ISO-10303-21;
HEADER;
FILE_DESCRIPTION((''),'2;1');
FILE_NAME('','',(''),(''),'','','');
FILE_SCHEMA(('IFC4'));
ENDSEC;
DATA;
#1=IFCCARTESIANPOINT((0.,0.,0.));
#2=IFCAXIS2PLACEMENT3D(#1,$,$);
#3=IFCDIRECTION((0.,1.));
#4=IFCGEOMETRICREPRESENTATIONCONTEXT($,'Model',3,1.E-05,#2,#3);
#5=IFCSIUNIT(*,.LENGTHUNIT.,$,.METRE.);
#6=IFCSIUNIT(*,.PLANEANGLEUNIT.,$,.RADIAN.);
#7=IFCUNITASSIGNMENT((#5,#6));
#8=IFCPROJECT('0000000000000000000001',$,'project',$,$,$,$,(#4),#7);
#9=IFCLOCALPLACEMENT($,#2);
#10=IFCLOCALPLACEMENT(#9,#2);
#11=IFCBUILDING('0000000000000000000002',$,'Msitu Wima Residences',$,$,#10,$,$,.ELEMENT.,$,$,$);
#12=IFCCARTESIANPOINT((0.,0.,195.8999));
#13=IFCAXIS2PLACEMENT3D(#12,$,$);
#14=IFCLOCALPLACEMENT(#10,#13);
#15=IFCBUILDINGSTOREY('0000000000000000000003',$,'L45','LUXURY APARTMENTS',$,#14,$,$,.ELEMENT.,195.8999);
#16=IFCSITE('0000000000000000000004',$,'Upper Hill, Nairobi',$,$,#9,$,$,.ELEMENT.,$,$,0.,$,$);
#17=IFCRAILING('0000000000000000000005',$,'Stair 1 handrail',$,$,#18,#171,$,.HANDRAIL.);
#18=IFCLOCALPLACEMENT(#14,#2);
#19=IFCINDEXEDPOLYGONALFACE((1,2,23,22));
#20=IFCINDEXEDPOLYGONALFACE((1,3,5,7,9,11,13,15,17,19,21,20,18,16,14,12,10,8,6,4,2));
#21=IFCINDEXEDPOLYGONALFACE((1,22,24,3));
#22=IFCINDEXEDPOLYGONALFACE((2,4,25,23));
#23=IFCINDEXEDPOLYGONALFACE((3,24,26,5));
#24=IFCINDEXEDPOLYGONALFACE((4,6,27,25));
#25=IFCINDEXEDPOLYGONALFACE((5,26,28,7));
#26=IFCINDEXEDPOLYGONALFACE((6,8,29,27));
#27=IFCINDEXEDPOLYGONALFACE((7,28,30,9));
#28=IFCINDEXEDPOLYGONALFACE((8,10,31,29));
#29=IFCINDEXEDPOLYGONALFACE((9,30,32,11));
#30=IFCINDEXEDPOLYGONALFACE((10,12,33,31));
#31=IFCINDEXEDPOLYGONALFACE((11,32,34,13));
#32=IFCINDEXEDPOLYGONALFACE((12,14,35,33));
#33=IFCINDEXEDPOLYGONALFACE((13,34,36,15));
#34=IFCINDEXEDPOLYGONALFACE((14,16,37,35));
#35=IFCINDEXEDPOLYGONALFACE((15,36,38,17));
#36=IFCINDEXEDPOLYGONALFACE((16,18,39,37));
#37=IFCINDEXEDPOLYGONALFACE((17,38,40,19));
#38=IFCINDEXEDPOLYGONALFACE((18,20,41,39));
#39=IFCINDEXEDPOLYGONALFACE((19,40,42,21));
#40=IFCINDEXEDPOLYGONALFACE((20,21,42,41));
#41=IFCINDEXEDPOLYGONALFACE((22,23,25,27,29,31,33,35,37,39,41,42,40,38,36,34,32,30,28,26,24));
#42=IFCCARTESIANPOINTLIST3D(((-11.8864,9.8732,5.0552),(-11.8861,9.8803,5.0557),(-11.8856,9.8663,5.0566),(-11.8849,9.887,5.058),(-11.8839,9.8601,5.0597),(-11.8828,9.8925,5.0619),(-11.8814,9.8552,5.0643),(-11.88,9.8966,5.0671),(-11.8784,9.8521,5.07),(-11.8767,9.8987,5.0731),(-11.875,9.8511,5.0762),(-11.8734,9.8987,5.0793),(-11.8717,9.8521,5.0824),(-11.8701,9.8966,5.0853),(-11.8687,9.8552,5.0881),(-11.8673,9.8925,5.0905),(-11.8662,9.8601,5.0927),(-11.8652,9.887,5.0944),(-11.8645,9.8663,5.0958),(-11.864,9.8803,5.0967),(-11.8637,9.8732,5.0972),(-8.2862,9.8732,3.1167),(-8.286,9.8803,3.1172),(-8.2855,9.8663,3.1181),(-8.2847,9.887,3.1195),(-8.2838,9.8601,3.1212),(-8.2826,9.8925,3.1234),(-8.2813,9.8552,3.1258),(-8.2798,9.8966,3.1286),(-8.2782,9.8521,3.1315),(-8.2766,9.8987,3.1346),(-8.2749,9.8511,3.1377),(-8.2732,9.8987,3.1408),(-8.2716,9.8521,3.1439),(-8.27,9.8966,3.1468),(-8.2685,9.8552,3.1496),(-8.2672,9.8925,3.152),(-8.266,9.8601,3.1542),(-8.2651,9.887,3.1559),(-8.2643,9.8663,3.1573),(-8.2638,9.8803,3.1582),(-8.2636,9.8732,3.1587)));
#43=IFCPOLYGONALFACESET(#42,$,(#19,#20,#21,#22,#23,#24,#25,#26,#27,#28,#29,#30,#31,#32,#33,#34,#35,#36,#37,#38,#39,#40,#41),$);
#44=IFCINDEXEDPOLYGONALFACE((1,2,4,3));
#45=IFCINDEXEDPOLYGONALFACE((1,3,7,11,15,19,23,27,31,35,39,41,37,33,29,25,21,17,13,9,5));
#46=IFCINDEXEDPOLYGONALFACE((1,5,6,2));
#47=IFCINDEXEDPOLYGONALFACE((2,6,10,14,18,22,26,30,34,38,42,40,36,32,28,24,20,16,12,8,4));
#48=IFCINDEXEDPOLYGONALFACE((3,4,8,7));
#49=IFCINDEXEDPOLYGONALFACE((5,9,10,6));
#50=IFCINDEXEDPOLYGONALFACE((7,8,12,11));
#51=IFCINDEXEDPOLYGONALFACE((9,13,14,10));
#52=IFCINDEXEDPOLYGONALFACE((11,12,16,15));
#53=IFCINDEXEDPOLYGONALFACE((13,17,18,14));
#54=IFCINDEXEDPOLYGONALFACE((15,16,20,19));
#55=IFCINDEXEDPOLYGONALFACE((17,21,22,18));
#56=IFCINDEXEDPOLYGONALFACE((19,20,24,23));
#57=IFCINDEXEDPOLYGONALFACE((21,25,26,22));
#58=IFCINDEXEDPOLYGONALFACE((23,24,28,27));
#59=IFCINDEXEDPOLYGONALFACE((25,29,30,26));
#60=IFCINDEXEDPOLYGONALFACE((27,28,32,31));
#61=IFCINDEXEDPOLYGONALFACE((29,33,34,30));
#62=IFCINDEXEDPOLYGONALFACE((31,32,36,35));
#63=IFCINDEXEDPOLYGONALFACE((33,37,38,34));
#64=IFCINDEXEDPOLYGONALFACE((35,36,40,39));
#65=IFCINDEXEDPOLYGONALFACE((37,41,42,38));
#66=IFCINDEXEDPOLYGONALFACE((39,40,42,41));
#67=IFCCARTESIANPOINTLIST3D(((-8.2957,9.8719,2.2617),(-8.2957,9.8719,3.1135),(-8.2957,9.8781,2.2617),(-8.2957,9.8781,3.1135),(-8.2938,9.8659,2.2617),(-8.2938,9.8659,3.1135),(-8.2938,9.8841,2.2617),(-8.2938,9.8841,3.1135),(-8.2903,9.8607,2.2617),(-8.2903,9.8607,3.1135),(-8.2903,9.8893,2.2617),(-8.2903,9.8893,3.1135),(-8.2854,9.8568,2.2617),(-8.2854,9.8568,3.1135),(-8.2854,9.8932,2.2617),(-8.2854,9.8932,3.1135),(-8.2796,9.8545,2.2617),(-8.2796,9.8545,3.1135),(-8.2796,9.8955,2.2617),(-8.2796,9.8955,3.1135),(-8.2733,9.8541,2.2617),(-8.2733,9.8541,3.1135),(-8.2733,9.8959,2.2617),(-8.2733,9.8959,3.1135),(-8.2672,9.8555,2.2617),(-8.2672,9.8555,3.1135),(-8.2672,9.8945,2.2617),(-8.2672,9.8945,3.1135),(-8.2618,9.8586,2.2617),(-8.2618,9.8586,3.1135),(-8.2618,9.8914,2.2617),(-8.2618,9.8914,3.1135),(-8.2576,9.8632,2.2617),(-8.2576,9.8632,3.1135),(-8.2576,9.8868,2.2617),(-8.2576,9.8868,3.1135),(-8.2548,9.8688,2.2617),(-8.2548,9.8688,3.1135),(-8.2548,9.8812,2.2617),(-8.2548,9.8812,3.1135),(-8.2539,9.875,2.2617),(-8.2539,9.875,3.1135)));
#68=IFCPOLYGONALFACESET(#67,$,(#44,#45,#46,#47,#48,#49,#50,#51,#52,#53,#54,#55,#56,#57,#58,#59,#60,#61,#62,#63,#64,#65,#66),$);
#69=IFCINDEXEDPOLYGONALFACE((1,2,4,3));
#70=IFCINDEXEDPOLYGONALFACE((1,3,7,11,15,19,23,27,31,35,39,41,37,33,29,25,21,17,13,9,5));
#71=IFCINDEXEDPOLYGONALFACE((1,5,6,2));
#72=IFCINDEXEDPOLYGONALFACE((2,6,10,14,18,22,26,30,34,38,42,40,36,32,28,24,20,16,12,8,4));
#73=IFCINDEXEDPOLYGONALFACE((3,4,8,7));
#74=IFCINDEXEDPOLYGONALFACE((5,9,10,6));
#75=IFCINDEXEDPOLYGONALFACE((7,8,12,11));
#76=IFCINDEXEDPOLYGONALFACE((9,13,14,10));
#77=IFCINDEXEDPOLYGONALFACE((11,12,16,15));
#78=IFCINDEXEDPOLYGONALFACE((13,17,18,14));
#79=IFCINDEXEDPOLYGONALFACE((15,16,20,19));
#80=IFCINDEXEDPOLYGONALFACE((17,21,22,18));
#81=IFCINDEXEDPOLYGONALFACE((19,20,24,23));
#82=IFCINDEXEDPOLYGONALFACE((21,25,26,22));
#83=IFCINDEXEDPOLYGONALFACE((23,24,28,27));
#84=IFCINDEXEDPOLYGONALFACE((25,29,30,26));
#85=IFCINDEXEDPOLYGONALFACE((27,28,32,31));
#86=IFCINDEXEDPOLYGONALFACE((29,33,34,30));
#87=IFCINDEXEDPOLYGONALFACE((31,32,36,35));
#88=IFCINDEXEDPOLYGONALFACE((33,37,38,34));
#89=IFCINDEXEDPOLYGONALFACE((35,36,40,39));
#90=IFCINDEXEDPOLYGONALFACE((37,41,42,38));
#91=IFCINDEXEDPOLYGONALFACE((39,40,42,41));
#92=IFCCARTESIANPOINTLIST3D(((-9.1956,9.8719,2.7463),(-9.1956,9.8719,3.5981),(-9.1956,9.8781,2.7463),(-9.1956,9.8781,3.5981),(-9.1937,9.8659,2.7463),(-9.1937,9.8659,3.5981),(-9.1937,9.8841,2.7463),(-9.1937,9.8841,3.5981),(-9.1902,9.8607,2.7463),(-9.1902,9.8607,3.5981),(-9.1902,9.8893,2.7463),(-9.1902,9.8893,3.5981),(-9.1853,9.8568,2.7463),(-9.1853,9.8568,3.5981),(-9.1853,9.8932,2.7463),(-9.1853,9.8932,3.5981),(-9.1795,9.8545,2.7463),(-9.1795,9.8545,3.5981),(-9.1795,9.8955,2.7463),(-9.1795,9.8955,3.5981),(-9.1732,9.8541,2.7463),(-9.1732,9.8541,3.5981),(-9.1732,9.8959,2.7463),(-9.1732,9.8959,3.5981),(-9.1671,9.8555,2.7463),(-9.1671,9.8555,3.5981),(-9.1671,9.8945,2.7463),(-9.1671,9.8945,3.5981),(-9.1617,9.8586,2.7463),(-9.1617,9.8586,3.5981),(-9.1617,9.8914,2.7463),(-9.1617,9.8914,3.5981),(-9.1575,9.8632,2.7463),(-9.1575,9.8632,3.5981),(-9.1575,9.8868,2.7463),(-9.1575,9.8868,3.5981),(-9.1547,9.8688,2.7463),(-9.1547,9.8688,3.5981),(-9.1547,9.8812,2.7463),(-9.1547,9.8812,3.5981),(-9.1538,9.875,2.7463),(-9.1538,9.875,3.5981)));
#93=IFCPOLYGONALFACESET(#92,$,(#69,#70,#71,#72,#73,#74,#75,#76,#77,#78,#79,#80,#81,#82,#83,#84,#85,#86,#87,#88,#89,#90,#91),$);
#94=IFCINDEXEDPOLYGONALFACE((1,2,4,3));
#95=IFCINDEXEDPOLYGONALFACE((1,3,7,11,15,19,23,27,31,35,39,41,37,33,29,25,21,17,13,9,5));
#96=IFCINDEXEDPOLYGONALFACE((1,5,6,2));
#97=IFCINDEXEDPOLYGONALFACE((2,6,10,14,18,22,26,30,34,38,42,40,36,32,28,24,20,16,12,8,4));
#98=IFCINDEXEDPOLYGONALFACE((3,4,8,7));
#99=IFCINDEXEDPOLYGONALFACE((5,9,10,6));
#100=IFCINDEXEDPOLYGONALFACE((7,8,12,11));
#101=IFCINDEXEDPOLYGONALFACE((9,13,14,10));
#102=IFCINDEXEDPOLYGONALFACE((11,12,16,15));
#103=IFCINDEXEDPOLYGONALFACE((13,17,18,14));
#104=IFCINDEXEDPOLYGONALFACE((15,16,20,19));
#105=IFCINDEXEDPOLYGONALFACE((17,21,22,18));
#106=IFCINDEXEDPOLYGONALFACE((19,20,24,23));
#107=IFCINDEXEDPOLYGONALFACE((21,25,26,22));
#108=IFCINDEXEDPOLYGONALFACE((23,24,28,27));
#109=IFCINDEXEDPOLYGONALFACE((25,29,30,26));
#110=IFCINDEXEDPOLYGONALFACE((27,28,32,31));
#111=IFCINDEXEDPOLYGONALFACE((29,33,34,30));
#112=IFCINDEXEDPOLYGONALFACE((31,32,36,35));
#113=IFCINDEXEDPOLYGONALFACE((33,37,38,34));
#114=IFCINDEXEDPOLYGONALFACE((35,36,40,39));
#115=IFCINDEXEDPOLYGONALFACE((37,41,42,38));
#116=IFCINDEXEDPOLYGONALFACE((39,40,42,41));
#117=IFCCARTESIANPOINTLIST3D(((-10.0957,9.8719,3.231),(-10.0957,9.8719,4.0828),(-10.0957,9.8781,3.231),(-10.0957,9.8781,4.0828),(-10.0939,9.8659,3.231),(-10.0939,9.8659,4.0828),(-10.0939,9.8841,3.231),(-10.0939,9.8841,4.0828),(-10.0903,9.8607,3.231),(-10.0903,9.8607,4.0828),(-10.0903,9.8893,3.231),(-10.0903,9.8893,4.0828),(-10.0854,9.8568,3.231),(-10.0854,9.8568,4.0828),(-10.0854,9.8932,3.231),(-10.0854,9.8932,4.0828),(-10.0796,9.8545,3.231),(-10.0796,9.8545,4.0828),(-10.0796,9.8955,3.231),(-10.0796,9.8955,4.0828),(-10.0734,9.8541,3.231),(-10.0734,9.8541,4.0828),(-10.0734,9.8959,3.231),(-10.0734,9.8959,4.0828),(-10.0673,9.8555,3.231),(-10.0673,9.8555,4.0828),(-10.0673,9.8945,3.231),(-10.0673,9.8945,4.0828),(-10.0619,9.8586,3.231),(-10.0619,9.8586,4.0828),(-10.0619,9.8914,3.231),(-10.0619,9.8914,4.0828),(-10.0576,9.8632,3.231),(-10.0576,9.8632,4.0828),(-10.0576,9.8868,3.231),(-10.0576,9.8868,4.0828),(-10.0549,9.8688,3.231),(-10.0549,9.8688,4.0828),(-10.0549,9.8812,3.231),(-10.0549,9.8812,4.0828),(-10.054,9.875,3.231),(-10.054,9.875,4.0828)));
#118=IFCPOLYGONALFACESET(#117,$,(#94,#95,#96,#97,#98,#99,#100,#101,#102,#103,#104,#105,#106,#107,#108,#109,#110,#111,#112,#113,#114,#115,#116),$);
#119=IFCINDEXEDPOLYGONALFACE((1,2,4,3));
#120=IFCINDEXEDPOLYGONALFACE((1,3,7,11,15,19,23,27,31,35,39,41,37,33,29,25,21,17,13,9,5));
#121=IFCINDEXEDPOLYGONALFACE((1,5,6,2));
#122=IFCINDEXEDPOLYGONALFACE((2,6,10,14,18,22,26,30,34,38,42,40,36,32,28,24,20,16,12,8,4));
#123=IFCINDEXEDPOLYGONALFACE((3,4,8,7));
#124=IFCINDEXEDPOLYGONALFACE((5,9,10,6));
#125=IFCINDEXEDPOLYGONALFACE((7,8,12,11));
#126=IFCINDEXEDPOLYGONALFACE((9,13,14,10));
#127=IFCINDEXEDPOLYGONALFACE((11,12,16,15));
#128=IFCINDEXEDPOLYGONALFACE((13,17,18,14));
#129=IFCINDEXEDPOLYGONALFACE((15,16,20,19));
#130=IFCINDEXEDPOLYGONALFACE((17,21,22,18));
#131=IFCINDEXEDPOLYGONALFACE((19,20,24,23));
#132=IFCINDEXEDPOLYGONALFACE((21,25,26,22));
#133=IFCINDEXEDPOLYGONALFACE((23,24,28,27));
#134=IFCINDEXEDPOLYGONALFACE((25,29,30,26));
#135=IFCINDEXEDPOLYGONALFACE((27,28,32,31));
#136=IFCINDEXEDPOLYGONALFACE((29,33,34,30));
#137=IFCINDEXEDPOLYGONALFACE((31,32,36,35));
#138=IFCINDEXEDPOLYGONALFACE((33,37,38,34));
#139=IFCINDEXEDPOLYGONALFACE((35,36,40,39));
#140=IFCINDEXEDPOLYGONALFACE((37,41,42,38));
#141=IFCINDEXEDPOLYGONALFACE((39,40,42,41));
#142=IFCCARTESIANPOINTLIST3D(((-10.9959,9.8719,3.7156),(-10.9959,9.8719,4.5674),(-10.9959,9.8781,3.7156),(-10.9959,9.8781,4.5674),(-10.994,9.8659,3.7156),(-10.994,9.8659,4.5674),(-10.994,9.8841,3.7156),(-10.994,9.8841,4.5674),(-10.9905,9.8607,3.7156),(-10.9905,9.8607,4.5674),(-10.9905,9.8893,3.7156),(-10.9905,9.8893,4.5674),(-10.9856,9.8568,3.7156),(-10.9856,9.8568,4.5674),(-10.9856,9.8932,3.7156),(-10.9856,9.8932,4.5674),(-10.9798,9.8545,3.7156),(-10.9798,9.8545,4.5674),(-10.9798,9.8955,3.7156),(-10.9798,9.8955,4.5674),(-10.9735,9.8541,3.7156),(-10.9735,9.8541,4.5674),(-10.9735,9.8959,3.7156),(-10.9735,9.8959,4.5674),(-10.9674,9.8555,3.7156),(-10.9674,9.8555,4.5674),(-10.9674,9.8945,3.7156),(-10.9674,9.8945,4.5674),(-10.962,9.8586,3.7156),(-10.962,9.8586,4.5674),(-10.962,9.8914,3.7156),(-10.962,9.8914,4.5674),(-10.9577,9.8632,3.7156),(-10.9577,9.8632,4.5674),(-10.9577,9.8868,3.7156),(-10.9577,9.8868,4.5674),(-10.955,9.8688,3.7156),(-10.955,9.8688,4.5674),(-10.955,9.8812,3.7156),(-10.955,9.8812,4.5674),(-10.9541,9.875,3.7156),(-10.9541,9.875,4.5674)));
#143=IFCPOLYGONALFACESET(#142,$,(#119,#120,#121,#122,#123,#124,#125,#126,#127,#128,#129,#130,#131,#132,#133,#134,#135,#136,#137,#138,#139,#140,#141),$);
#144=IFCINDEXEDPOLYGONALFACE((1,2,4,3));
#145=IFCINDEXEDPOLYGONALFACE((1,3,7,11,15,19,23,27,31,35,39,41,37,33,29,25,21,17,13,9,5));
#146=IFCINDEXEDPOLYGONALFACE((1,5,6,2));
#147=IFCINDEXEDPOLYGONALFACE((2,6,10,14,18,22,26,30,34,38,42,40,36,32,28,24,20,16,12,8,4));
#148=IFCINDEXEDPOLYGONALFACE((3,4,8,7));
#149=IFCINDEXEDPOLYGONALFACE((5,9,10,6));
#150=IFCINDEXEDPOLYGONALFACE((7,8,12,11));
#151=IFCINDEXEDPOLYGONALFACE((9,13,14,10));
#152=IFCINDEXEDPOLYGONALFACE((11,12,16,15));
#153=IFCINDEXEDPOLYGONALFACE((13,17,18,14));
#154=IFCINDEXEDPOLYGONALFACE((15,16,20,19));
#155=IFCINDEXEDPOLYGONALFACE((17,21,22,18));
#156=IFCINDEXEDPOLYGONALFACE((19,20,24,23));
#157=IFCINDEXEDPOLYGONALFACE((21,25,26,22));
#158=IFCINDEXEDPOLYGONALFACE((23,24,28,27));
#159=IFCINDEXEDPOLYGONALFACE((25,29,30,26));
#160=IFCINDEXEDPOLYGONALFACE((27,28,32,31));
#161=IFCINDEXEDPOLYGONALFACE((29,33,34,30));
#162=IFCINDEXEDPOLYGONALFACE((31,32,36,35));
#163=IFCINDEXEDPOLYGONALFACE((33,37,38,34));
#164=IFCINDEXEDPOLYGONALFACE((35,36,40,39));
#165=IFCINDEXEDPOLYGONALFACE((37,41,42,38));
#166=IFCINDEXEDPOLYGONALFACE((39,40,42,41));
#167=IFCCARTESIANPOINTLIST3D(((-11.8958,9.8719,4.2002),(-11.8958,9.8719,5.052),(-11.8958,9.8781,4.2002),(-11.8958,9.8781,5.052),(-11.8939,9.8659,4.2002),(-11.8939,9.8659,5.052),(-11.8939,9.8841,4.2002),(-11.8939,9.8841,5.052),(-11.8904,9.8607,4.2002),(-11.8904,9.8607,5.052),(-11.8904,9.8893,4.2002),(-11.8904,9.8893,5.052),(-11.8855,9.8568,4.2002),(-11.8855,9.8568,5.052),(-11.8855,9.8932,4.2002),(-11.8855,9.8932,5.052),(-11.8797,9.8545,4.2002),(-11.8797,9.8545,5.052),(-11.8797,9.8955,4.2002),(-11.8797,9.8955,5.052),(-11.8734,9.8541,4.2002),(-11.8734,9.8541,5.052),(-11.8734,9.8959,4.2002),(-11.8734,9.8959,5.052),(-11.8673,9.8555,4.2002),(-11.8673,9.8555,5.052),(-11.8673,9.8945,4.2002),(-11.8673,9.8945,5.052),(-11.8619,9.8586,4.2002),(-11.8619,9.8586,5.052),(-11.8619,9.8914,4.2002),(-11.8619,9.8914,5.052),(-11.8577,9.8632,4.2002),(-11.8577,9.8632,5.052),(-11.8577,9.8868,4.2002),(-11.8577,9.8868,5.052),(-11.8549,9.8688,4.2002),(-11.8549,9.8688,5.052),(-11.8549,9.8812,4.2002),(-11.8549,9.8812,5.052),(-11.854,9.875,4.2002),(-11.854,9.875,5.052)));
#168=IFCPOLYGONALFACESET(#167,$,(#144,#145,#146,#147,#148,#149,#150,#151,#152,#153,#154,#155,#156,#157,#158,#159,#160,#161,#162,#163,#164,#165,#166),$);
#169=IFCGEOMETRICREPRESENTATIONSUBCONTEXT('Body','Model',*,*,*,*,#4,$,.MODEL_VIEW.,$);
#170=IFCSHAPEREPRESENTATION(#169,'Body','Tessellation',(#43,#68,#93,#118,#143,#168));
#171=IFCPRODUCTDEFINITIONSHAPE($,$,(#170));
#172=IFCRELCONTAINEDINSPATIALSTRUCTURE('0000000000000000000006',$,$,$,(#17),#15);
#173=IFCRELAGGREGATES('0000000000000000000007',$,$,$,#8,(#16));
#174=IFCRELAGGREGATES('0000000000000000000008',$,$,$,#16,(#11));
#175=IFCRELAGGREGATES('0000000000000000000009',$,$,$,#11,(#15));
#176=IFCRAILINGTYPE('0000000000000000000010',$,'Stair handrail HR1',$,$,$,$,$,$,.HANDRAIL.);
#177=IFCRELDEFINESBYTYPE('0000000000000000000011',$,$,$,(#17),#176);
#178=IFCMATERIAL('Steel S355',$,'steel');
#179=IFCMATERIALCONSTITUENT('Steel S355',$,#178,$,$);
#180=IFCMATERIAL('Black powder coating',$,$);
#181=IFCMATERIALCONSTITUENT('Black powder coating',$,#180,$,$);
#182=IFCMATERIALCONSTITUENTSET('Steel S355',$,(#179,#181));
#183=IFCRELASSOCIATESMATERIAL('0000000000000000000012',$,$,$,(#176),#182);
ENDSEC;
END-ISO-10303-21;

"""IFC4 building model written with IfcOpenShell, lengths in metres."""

from ifc_helpers import new_model, si_unit, direction, frame, origin, origin_2d, place, context, subcontext, project, spatial, circle, extrude, material, constituent, constituent_set, type_object, element, save


model = new_model("IFC4")

# Units and contexts
model_context = context("Model", 3, precision=1e-05, world=origin(), true_north=direction((0.0, 1.0)))
body_context = subcontext(model_context, "Body", "Model", "MODEL_VIEW")
ifc_project = project(units=[si_unit("LENGTHUNIT", "METRE"), si_unit("PLANEANGLEUNIT", "RADIAN")], contexts=[model_context])

# Site, building, storey
site_placement = place(None, origin())
site = spatial("IfcSite", under=ifc_project, at=site_placement, Name="Upper Hill, Nairobi", CompositionType="ELEMENT", RefElevation=0.0)
building_placement = place(site_placement, origin())
building = spatial("IfcBuilding", under=site, at=building_placement, Name="Msitu Wima Residences", CompositionType="ELEMENT")
storey_placement = place(building_placement, frame((0.0, 0.0, 195.8999)))
storey = spatial("IfcBuildingStorey", under=building, at=storey_placement, Name="L45", Description="LUXURY APARTMENTS", CompositionType="ELEMENT", Elevation=195.8999)

# Railing
ifc_material_1 = material(Name="Steel S355", Category="steel")
ifc_constituent_1 = constituent(ifc_material_1, Name="Steel S355")
ifc_material_2 = material(Name="Black powder coating")
ifc_constituent_2 = constituent(ifc_material_2, Name="Black powder coating")
ifc_constituent_set = constituent_set(constituents=[ifc_constituent_1, ifc_constituent_2], Name="Steel S355")
railing_type = type_object("IfcRailingType", Name="Stair handrail HR1", PredefinedType="HANDRAIL", material=ifc_constituent_set)
for number, where, name in (
    (1, (-8.2749, 9.875, 2.2617), "Stair 1 handrail"),
):
    element("IfcRailing", number, at=place(storey_placement, frame(where)), inside=storey, type_object=railing_type, Name=name, PredefinedType="HANDRAIL", context=body_context, shape_type="SweptSolid", body=[
        extrude(circle(Radius=0.0239, at=origin_2d()), frame((0.0, 0.0, 0.876), z_axis=(-0.880475, 0.0, 0.474093), x_axis=(0.0, -1.0, 0.0)), (0.0, 0.0, 1.0), 4.0889),
        extrude(circle(Radius=0.021, at=origin_2d()), origin(), (0.0, 0.0, 1.0), 0.8518),
        extrude(circle(Radius=0.021, at=origin_2d()), frame((-0.8999, 0.0, 0.4846)), (0.0, 0.0, 1.0), 0.8518),
        extrude(circle(Radius=0.021, at=origin_2d()), frame((-1.8, 0.0, 0.9692)), (0.0, 0.0, 1.0), 0.8518),
        extrude(circle(Radius=0.021, at=origin_2d()), frame((-2.7002, 0.0, 1.4539)), (0.0, 0.0, 1.0), 0.8518),
        extrude(circle(Radius=0.021, at=origin_2d()), frame((-3.6001, 0.0, 1.9385)), (0.0, 0.0, 1.0), 0.8518),
    ])

save(model, "model.ifc")
